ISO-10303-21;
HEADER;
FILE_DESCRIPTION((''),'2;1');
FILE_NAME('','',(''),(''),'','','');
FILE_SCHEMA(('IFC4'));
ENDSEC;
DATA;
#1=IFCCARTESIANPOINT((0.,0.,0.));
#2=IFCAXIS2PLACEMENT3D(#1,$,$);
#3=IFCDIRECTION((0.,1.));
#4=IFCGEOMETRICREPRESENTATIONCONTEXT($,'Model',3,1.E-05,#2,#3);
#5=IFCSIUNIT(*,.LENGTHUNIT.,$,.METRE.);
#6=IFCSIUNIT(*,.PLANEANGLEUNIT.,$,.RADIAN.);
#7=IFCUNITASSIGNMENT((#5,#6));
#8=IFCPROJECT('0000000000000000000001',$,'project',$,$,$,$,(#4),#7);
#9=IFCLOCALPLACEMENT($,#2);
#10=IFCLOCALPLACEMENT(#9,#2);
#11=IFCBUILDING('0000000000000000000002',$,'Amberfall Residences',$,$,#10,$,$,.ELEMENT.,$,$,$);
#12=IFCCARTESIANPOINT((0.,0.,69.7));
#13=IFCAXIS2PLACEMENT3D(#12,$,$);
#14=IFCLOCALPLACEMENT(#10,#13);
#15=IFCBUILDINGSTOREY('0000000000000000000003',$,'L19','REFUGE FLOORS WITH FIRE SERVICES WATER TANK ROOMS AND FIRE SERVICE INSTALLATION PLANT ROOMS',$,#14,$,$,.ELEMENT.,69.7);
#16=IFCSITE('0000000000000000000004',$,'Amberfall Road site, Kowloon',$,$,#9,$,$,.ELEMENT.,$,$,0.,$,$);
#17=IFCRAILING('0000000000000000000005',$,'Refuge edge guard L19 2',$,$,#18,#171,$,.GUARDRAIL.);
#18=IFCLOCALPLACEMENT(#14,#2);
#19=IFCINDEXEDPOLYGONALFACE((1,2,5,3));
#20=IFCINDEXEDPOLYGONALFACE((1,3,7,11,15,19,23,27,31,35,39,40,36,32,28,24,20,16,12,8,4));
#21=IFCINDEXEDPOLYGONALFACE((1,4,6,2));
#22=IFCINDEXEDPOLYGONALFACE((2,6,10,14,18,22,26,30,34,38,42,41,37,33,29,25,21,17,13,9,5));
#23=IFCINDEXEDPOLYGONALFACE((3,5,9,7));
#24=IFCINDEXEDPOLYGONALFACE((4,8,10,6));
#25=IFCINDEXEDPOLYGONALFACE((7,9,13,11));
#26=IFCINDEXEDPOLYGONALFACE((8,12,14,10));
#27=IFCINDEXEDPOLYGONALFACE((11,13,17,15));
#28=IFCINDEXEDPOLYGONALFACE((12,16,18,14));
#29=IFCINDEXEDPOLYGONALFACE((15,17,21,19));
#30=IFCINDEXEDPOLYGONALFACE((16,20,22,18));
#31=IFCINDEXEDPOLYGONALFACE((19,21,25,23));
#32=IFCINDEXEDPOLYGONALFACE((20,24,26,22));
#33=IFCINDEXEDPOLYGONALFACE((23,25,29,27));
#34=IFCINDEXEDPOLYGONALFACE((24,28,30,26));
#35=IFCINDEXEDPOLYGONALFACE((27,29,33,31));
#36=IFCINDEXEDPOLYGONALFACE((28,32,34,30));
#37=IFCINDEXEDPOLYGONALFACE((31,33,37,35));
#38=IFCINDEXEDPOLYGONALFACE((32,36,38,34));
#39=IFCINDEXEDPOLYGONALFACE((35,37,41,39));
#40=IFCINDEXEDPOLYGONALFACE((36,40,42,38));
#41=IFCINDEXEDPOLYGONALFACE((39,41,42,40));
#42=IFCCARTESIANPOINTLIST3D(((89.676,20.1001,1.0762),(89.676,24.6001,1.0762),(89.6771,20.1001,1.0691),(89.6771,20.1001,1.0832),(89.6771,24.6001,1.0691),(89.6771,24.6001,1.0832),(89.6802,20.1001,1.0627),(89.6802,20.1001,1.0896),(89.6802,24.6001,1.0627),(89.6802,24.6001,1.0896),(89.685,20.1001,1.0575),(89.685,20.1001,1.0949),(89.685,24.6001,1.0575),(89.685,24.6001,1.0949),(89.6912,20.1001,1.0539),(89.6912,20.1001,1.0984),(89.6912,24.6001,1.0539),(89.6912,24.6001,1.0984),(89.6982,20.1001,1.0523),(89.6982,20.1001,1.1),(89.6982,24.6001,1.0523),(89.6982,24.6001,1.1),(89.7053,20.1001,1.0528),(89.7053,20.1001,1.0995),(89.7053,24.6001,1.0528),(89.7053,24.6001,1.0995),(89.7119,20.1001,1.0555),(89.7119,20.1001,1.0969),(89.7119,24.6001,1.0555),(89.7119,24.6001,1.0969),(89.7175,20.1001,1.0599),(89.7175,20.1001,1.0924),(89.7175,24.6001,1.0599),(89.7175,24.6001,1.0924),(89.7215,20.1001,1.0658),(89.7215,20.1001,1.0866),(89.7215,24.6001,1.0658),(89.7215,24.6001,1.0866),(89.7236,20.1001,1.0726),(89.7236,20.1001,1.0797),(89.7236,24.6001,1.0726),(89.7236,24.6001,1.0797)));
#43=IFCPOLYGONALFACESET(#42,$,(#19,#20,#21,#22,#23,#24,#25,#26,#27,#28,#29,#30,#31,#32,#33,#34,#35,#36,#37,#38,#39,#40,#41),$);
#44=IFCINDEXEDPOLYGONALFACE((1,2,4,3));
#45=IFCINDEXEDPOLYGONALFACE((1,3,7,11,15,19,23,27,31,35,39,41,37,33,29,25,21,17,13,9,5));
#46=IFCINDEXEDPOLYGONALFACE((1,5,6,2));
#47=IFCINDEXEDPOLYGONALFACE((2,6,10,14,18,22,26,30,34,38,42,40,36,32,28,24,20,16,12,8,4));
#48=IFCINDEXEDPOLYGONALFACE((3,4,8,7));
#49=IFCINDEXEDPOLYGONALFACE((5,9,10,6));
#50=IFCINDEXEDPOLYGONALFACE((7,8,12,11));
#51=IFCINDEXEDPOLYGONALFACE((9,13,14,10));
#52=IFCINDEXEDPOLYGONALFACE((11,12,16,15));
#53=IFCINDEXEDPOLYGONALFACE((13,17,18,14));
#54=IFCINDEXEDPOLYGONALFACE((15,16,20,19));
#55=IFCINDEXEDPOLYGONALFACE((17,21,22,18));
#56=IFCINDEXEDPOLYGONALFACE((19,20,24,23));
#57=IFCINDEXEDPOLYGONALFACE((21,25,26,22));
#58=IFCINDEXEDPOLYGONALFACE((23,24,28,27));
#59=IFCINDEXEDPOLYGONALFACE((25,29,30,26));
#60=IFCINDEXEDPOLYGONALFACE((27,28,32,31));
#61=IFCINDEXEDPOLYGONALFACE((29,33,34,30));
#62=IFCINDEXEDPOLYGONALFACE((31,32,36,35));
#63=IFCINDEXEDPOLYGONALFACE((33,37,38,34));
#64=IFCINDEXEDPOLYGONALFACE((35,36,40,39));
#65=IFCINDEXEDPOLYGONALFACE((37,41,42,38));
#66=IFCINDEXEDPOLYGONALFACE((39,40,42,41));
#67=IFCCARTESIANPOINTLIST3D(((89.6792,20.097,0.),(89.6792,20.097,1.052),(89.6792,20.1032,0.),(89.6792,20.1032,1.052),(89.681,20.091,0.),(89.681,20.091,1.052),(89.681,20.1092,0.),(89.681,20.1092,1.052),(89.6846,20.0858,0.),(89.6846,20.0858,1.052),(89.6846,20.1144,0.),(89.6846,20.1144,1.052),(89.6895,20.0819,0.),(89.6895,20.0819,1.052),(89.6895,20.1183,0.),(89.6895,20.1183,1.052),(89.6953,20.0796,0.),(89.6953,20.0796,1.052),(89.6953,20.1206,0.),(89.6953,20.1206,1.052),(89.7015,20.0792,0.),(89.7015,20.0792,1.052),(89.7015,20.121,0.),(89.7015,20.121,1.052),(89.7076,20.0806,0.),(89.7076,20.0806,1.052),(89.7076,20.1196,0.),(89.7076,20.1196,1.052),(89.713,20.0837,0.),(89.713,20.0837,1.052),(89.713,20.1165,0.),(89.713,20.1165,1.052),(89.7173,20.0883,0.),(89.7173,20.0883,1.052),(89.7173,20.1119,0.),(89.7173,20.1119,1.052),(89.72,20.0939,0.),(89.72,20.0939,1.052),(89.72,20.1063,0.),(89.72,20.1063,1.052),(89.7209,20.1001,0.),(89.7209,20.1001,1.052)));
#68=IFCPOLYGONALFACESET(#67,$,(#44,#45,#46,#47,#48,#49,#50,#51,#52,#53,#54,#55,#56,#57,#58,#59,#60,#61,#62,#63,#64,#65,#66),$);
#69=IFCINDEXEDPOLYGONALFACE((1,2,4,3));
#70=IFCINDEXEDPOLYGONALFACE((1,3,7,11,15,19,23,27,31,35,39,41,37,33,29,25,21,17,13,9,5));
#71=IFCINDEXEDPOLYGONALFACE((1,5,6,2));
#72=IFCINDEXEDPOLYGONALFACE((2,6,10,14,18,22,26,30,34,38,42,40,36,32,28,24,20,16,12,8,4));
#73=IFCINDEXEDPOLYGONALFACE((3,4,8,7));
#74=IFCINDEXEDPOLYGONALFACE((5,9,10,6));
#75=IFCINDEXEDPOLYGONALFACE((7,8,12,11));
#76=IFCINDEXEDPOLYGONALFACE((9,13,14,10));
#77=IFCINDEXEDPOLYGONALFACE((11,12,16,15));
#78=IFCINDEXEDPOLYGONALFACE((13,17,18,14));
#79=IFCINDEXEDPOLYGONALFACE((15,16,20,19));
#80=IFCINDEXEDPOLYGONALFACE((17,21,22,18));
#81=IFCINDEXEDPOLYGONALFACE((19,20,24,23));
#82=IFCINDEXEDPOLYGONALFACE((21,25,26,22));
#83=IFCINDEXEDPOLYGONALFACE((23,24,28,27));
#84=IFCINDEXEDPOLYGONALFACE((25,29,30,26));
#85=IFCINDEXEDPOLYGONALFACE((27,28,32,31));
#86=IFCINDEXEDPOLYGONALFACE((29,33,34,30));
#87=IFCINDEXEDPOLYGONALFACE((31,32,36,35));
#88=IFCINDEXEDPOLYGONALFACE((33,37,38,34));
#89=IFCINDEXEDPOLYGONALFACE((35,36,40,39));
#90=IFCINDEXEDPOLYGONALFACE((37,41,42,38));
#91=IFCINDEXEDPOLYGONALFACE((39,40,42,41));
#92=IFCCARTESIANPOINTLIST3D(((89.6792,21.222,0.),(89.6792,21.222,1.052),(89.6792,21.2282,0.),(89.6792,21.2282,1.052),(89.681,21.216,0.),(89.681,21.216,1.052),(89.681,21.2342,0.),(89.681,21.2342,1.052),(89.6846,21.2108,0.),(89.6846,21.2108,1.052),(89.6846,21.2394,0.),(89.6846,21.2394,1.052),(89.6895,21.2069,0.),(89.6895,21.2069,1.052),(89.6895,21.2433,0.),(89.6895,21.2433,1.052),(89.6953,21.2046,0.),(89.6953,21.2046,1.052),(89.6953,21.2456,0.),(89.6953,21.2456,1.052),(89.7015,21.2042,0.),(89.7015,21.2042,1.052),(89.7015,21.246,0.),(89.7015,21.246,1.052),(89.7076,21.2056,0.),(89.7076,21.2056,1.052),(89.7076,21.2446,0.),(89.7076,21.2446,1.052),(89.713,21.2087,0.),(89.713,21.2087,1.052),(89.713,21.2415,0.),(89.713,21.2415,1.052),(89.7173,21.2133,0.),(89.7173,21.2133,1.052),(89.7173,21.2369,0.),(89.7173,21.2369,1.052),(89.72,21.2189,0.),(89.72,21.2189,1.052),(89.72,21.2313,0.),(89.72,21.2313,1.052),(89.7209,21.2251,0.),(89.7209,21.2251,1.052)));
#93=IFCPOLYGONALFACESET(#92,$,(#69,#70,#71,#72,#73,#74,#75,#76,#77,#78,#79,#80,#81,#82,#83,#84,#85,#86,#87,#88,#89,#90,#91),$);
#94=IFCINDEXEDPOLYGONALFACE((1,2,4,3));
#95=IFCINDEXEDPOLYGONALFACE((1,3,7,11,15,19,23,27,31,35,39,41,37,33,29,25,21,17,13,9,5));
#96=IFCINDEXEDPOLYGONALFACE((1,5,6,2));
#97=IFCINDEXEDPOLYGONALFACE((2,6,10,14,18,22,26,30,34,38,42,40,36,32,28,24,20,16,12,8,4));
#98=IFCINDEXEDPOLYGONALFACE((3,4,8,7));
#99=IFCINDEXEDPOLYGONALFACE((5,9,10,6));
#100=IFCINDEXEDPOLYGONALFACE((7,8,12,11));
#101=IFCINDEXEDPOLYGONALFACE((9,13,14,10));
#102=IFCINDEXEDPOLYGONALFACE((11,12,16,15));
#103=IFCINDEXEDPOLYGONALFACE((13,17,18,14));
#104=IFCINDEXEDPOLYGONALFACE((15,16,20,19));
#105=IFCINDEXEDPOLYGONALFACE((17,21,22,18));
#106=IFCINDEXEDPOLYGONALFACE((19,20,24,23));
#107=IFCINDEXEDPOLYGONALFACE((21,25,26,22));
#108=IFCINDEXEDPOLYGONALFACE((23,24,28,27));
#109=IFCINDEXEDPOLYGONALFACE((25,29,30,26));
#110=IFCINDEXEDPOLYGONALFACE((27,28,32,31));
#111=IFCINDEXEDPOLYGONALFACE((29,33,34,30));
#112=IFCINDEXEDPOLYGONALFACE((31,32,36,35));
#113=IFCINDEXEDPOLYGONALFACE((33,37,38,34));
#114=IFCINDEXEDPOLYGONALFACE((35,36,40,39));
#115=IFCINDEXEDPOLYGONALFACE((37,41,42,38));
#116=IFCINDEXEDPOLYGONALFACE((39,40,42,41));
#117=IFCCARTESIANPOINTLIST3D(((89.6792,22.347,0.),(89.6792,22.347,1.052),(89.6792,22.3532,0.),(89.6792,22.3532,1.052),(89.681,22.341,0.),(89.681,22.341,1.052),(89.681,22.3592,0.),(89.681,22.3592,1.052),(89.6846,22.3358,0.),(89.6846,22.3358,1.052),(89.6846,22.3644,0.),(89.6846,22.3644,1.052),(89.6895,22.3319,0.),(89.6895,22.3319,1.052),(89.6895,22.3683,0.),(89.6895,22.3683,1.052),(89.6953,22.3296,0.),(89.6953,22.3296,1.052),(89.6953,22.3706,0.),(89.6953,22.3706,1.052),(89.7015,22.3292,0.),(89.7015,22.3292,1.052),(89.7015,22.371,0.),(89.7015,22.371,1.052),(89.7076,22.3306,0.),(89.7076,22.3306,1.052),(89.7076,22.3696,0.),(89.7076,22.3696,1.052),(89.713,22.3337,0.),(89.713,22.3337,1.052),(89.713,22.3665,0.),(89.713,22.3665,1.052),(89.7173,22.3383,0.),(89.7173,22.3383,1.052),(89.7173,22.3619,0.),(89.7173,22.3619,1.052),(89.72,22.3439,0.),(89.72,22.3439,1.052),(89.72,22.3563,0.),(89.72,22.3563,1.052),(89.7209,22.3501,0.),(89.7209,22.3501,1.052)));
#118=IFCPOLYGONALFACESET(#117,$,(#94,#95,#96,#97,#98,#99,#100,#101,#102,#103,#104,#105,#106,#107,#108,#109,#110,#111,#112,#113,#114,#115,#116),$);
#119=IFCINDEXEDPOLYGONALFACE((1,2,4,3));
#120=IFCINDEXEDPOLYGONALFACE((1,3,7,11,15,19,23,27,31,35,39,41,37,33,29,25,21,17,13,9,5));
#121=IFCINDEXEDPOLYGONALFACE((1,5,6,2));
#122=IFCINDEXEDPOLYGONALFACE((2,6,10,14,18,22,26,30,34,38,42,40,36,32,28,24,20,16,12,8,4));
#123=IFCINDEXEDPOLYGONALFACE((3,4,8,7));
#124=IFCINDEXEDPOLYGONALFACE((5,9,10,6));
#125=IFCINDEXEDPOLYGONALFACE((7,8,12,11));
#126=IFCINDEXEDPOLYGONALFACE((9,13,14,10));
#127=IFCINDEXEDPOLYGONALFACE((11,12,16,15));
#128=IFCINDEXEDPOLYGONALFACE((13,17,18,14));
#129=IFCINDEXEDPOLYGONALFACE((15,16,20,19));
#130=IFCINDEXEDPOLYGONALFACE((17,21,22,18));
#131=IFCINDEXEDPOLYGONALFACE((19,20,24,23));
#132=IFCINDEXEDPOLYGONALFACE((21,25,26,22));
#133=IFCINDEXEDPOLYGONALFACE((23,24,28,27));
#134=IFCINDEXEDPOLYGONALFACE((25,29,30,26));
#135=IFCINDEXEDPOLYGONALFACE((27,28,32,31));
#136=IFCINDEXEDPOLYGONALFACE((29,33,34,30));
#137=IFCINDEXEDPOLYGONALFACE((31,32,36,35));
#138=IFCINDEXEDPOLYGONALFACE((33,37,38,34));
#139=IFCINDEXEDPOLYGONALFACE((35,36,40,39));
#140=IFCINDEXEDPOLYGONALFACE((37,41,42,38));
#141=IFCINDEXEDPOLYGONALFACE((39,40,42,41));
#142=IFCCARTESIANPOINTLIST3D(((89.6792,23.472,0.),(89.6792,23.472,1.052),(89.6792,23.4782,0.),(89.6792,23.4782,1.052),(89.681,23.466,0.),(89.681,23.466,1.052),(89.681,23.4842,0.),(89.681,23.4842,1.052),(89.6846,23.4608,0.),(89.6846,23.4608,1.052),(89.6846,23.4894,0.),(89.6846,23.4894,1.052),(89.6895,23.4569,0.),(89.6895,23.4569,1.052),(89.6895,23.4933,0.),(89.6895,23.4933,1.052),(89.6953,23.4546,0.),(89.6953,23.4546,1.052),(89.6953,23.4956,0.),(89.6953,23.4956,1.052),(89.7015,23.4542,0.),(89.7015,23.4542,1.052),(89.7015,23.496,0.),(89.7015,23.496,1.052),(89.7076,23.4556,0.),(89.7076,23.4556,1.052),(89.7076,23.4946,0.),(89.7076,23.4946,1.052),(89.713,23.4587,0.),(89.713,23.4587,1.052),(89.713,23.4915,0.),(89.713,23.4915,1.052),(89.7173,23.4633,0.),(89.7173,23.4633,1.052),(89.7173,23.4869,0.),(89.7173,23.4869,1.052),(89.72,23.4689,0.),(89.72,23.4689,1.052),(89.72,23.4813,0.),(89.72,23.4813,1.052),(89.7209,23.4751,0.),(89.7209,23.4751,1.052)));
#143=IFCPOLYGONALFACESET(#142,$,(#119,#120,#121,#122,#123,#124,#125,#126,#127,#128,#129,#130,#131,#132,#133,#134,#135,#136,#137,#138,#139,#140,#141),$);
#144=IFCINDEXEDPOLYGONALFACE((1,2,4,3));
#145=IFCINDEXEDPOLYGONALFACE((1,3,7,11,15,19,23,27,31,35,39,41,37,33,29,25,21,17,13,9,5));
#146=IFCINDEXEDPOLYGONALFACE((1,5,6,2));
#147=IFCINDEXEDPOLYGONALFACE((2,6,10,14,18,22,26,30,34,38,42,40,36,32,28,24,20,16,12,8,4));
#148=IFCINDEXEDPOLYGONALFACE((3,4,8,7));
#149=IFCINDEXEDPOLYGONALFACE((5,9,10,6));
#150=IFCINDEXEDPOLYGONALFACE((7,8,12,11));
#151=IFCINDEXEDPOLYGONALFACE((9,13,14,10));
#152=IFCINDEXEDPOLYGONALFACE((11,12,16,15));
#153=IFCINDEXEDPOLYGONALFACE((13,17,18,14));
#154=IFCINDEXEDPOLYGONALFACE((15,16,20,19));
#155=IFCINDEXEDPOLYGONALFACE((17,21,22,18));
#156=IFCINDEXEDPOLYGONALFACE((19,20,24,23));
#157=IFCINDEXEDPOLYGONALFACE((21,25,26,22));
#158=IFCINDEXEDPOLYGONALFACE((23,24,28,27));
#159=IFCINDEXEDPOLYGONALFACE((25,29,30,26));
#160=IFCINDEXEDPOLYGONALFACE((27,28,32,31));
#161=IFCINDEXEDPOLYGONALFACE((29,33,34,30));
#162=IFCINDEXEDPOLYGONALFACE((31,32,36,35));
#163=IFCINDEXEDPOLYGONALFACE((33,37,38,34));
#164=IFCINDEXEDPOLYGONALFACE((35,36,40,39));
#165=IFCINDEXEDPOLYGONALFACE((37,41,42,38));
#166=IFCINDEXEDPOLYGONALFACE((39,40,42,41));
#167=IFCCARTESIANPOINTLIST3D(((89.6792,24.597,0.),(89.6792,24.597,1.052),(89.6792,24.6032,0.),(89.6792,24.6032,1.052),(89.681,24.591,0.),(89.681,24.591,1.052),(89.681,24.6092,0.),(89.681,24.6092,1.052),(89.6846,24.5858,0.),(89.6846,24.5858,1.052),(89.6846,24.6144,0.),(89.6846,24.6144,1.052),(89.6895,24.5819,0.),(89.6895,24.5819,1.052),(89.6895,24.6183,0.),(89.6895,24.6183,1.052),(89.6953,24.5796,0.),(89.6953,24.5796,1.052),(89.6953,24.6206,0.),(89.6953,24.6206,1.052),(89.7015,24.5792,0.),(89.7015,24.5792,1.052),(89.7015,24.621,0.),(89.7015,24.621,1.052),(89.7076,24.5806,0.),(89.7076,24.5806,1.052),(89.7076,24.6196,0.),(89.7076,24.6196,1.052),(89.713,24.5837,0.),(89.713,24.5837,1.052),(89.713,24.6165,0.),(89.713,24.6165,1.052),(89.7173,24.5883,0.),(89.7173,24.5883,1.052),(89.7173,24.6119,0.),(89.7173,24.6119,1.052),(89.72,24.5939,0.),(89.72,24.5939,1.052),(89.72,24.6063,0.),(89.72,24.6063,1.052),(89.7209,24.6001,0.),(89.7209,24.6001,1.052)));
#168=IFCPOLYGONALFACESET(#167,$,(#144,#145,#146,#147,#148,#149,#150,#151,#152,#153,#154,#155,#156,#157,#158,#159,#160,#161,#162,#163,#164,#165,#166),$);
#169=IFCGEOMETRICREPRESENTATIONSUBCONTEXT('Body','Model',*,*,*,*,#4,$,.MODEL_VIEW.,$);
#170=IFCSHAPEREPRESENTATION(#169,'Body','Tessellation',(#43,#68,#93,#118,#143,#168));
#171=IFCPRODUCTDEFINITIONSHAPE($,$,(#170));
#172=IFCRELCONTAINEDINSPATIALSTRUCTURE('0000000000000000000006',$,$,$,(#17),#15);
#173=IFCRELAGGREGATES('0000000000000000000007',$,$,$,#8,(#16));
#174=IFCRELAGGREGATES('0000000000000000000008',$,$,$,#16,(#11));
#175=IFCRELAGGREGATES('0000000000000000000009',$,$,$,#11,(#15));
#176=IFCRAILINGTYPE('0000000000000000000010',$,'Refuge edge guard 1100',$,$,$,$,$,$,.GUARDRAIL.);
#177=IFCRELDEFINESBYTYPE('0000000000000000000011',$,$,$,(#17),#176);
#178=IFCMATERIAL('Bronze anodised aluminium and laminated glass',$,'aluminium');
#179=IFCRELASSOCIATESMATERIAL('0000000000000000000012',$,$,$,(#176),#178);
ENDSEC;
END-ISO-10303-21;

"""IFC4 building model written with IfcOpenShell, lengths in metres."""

from ifc_helpers import new_model, si_unit, direction, frame, origin, origin_2d, place, context, subcontext, project, spatial, circle, extrude, material, type_object, element, save


model = new_model("IFC4")

# Units and contexts
model_context = context("Model", 3, precision=1e-05, world=origin(), true_north=direction((0.0, 1.0)))
body_context = subcontext(model_context, "Body", "Model", "MODEL_VIEW")
ifc_project = project(units=[si_unit("LENGTHUNIT", "METRE"), si_unit("PLANEANGLEUNIT", "RADIAN")], contexts=[model_context])

# Site, building, storey
site_placement = place(None, origin())
site = spatial("IfcSite", under=ifc_project, at=site_placement, Name="Amberfall Road site, Kowloon", CompositionType="ELEMENT", RefElevation=0.0)
building_placement = place(site_placement, origin())
building = spatial("IfcBuilding", under=site, at=building_placement, Name="Amberfall Residences", CompositionType="ELEMENT")
storey_placement = place(building_placement, frame((0.0, 0.0, 69.7)))
storey = spatial("IfcBuildingStorey", under=building, at=storey_placement, Name="L19", Description="REFUGE FLOORS WITH FIRE SERVICES WATER TANK ROOMS AND FIRE SERVICE INSTALLATION PLANT ROOMS", CompositionType="ELEMENT", Elevation=69.7)

# Railing
ifc_material_1 = material(Name="Bronze anodised aluminium and laminated glass", Category="aluminium")
railing_type = type_object("IfcRailingType", Name="Refuge edge guard 1100", PredefinedType="GUARDRAIL", material=ifc_material_1)
railing_1_placement = place(storey_placement, frame((89.7, 20.1001, 0.0)))
element("IfcRailing", 1, at=railing_1_placement, inside=storey, type_object=railing_type, Name="Refuge edge guard L19 2", PredefinedType="GUARDRAIL", context=body_context, shape_type="SweptSolid", body=[
    extrude(circle(Radius=0.0239, at=origin_2d()), frame((0.0, 0.0, 1.0762), z_axis=(0.0, 1.0, 0.0), x_axis=(-1.0, 0.0, 0.0)), (0.0, 0.0, 1.0), 4.5),
    extrude(circle(Radius=0.021, at=origin_2d()), origin(), (0.0, 0.0, 1.0), 1.052),
    extrude(circle(Radius=0.021, at=origin_2d()), frame((0.0, 1.125, 0.0)), (0.0, 0.0, 1.0), 1.052),
    extrude(circle(Radius=0.021, at=origin_2d()), frame((0.0, 2.25, 0.0)), (0.0, 0.0, 1.0), 1.052),
    extrude(circle(Radius=0.021, at=origin_2d()), frame((0.0, 3.375, 0.0)), (0.0, 0.0, 1.0), 1.052),
    extrude(circle(Radius=0.021, at=origin_2d()), frame((0.0, 4.5, 0.0)), (0.0, 0.0, 1.0), 1.052),
])

save(model, "model.ifc")
